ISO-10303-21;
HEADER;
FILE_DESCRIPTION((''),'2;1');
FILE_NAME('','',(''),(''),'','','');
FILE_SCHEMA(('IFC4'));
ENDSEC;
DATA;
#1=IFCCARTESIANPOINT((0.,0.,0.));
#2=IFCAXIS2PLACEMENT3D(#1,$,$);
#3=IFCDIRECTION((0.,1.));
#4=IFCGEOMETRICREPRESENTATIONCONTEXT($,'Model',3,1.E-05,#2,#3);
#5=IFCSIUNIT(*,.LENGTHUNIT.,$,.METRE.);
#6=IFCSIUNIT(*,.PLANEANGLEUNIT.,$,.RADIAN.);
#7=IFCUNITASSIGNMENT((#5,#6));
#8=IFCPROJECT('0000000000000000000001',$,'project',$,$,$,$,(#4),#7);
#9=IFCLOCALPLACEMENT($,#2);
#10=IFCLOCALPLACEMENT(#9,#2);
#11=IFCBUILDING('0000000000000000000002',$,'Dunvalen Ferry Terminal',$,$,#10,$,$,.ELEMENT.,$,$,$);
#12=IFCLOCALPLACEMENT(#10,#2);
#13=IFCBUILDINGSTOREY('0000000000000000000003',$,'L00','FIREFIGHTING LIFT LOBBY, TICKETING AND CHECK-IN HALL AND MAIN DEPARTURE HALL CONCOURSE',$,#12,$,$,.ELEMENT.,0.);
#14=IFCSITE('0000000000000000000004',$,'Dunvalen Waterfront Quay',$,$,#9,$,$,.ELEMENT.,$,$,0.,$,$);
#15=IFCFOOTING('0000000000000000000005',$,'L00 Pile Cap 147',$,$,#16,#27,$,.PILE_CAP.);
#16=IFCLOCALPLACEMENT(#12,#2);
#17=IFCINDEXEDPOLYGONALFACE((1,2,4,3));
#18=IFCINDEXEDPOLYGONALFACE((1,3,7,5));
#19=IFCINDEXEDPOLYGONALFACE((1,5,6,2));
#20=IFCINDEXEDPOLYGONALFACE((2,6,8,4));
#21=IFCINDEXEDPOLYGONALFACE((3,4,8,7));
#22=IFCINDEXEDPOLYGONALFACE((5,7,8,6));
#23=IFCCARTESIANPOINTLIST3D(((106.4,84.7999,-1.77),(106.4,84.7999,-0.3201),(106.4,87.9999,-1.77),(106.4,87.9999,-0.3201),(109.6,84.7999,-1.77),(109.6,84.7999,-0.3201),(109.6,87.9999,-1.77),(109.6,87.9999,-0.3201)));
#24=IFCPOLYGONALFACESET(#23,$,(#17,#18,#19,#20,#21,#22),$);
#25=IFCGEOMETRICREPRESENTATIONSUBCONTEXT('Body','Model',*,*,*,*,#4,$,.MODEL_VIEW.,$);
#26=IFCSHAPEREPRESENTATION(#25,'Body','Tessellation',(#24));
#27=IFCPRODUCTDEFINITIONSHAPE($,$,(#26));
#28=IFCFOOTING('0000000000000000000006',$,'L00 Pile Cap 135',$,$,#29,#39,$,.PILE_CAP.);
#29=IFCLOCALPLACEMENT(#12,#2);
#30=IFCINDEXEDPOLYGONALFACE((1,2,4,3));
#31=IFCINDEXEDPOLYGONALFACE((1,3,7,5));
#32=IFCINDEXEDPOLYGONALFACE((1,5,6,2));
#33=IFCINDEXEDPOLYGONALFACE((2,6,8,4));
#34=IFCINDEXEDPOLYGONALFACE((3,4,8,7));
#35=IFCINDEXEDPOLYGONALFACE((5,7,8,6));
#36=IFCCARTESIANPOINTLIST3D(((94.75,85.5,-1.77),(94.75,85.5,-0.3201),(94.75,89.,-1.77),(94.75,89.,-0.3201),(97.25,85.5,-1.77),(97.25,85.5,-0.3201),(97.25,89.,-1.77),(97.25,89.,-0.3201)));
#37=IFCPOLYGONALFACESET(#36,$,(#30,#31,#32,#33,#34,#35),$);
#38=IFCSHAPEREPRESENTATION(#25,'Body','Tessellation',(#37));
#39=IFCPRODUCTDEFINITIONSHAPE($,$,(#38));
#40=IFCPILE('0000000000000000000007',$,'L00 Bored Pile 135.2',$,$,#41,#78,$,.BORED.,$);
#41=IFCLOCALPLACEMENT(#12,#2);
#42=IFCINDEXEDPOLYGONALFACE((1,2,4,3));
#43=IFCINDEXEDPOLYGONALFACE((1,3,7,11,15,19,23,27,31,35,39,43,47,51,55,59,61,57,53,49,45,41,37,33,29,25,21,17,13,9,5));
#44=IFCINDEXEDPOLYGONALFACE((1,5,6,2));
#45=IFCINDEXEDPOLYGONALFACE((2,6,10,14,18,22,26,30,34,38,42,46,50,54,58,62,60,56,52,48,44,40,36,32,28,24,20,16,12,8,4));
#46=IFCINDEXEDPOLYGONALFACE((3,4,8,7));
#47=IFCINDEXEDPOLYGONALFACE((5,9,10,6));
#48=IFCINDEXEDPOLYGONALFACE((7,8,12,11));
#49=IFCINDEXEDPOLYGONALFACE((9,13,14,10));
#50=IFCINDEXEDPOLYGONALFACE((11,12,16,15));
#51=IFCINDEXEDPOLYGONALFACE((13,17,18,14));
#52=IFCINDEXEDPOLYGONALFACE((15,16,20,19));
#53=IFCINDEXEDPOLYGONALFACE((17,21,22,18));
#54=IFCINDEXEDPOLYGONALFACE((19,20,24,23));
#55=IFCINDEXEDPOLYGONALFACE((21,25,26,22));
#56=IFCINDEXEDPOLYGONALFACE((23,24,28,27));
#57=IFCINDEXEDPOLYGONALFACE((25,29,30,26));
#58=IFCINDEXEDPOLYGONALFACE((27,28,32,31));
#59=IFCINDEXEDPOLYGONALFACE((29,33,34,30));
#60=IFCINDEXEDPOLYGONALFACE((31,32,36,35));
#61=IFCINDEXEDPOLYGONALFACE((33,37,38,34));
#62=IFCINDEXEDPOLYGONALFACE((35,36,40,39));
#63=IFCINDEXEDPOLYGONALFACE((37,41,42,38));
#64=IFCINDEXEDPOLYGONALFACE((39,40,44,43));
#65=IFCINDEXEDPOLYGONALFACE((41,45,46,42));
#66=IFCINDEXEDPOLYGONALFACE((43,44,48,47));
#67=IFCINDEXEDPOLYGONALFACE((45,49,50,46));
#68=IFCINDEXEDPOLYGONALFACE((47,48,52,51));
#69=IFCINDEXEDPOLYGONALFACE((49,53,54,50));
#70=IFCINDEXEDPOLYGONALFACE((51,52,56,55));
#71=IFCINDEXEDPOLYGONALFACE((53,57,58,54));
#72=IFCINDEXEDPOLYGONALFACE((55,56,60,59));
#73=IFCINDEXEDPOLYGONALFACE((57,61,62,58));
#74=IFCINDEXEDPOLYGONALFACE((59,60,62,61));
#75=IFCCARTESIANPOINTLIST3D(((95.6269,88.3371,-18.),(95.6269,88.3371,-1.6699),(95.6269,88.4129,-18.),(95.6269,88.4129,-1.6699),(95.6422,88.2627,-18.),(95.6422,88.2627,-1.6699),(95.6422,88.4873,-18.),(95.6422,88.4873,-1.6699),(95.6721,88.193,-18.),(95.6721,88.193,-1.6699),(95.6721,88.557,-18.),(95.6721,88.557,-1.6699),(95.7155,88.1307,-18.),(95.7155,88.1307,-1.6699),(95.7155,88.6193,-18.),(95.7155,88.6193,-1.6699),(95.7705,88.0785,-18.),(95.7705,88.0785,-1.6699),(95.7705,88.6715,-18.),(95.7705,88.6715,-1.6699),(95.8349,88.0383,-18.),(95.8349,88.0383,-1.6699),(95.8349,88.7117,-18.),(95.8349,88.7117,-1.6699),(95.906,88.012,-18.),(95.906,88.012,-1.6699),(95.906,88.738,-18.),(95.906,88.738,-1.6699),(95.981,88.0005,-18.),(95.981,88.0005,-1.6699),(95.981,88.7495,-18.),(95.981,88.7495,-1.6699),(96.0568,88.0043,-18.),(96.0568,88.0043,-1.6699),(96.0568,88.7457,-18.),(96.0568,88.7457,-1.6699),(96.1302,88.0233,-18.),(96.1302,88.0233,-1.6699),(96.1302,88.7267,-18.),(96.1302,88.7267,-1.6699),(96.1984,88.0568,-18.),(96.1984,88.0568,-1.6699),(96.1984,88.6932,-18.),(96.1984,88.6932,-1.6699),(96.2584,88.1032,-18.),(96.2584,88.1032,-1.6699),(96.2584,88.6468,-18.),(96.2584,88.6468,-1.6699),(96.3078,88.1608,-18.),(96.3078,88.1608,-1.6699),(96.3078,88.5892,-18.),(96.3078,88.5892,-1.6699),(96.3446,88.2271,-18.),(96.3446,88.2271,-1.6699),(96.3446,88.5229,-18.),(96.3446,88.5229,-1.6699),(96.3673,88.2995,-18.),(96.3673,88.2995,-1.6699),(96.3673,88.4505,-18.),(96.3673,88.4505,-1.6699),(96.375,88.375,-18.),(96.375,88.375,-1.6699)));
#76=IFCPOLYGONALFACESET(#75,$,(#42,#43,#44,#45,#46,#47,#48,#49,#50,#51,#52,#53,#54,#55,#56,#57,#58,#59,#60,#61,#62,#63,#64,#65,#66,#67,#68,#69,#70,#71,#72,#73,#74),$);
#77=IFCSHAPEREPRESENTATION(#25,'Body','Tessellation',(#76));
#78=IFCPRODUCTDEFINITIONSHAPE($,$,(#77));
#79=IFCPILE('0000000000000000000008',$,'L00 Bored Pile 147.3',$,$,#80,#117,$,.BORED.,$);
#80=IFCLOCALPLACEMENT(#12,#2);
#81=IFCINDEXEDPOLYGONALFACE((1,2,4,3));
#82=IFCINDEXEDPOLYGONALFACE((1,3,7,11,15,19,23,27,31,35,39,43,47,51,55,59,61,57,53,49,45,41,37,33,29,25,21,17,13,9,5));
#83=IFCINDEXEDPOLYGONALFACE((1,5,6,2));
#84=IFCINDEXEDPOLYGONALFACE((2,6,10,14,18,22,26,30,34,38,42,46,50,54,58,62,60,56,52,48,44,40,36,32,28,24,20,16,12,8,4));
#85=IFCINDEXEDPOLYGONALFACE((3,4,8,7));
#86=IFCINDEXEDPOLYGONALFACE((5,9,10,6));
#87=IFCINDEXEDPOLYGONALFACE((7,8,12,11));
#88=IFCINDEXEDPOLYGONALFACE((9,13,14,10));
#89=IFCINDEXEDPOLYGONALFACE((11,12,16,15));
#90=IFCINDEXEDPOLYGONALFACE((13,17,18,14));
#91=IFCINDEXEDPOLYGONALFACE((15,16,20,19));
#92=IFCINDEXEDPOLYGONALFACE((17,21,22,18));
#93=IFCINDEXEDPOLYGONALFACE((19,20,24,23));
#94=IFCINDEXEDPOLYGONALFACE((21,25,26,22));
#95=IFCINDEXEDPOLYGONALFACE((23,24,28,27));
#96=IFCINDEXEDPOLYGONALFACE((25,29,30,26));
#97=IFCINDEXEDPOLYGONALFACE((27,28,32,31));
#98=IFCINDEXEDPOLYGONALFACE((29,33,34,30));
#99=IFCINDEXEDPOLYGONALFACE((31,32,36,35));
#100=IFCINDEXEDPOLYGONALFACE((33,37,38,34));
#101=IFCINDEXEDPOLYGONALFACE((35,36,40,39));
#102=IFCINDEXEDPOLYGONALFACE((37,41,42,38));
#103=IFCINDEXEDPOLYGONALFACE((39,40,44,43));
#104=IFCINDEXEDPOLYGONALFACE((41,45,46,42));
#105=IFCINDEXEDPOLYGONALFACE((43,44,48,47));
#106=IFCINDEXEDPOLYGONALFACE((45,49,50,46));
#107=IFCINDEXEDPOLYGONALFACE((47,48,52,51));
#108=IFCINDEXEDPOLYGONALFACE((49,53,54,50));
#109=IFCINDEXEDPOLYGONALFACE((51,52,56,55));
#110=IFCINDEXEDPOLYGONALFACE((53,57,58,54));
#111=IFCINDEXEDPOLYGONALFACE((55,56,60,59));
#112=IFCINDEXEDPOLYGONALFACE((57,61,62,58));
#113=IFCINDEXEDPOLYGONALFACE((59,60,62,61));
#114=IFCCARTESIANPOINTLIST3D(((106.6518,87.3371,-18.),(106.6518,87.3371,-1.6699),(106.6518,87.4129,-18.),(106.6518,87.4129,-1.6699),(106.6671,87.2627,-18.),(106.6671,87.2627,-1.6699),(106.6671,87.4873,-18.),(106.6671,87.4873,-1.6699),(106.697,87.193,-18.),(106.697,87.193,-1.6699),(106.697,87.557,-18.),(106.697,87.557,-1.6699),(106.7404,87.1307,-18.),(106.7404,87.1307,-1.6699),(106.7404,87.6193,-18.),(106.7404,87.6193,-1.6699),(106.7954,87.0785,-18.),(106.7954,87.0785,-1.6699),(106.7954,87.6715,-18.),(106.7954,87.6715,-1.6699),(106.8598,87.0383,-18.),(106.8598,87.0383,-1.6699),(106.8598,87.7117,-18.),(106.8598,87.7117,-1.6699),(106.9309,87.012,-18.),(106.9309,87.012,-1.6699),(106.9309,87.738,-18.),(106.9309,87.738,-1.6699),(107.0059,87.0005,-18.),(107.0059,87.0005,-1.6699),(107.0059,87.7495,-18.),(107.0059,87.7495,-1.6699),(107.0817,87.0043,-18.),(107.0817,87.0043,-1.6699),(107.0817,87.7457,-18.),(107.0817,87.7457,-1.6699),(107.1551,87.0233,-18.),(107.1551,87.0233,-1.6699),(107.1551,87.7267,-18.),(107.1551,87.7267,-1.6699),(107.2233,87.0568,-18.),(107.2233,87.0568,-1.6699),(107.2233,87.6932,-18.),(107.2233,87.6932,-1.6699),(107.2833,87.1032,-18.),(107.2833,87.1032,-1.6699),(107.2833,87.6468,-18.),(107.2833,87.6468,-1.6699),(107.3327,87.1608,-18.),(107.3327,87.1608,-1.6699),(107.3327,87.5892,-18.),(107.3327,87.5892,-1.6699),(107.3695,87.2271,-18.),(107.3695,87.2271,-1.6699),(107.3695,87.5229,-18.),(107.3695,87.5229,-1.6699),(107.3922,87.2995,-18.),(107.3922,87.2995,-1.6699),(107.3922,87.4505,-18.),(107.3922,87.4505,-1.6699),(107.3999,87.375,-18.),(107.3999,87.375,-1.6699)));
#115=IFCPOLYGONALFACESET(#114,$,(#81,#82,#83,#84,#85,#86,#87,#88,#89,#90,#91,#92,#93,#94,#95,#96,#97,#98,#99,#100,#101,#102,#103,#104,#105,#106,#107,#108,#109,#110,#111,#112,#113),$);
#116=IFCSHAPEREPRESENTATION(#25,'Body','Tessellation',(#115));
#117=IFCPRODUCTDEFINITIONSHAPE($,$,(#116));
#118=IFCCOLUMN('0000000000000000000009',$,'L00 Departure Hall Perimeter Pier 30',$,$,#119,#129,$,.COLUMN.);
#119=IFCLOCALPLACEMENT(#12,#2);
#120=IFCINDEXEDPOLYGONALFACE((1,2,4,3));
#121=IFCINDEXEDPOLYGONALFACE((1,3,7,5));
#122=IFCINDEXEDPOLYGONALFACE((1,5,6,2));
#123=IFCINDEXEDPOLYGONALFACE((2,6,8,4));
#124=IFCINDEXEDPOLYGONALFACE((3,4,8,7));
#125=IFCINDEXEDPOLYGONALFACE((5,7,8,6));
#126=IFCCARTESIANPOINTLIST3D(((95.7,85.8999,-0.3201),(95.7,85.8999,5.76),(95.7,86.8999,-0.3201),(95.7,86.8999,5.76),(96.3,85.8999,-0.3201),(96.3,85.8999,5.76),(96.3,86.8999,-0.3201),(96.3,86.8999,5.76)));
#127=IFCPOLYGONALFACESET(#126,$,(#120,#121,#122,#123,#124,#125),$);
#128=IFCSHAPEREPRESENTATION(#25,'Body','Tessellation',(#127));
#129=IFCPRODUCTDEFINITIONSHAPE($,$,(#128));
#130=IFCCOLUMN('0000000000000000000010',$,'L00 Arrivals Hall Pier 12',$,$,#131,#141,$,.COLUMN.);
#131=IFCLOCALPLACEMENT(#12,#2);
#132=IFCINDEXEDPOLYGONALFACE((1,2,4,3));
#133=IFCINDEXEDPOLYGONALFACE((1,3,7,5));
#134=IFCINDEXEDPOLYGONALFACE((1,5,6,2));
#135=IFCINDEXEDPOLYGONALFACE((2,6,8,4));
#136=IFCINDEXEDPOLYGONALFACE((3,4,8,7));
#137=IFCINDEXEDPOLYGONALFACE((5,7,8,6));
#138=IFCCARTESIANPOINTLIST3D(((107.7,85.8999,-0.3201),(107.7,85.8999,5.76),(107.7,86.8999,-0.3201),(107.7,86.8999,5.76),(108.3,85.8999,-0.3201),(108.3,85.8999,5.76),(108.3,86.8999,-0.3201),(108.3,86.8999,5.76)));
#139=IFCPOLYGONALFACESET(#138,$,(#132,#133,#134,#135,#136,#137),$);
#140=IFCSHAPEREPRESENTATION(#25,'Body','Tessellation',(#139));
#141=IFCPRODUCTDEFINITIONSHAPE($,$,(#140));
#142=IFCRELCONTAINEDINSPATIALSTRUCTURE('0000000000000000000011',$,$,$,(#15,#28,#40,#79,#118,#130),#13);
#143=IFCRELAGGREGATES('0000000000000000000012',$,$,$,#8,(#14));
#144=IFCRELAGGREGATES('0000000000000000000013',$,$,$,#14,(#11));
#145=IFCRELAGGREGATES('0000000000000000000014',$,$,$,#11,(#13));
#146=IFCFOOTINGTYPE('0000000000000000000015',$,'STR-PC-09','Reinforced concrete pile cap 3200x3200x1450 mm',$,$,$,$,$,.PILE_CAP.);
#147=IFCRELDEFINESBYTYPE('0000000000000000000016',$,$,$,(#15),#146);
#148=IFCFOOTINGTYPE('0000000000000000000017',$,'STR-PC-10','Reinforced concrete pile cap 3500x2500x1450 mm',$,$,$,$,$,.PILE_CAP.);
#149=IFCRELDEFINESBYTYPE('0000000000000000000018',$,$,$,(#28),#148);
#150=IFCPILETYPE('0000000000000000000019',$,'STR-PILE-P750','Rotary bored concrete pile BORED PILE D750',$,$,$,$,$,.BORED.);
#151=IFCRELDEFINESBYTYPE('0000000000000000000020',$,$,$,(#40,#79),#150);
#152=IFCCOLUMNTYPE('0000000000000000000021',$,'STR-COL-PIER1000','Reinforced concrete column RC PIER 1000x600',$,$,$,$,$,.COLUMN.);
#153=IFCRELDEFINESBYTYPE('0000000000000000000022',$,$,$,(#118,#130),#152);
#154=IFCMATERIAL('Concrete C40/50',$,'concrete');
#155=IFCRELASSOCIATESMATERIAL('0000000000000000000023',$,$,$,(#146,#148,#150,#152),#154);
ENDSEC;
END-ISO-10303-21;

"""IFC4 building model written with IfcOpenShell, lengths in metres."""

from ifc_helpers import new_model, si_unit, direction, frame, origin, origin_2d, place, context, subcontext, project, spatial, rectangle, circle, extrude, material, material_profile, profile_set, type_object, element, save


model = new_model("IFC4")

# Units and contexts
model_context = context("Model", 3, precision=1e-05, world=origin(), true_north=direction((0.0, 1.0)))
body_context = subcontext(model_context, "Body", "Model", "MODEL_VIEW")
ifc_project = project(units=[si_unit("LENGTHUNIT", "METRE"), si_unit("PLANEANGLEUNIT", "RADIAN")], contexts=[model_context])

# Site, building, storey
site_placement = place(None, origin())
site = spatial("IfcSite", under=ifc_project, at=site_placement, Name="Dunvalen Waterfront Quay", CompositionType="ELEMENT", RefElevation=0.0)
building_placement = place(site_placement, origin())
building = spatial("IfcBuilding", under=site, at=building_placement, Name="Dunvalen Ferry Terminal", CompositionType="ELEMENT")
storey_placement = place(building_placement, origin())
storey = spatial("IfcBuildingStorey", under=building, at=storey_placement, Name="L00", Description="FIREFIGHTING LIFT LOBBY, TICKETING AND CHECK-IN HALL AND MAIN DEPARTURE HALL CONCOURSE", CompositionType="ELEMENT", Elevation=0.0)

# Footings
ifc_material_1 = material(Name="Concrete C40/50", Category="concrete")
footing_type_1 = type_object("IfcFootingType", Name="STR-PC-09", Description="Reinforced concrete pile cap 3200x3200x1450 mm", PredefinedType="PILE_CAP", material=ifc_material_1)
footing_1_placement = place(storey_placement, frame((108.0, 86.3999, -1.77), z_axis=(0.0, 0.0, 1.0), x_axis=(1.0, 0.0, 0.0)))
element("IfcFooting", 1, at=footing_1_placement, inside=storey, type_object=footing_type_1, Name="L00 Pile Cap 147", PredefinedType="PILE_CAP", context=body_context, shape_type="SweptSolid", body=[
    extrude(rectangle(XDim=3.2, YDim=3.2, at=origin_2d()), origin(), (0.0, 0.0, 1.0), 1.45),
])
footing_type_2 = type_object("IfcFootingType", Name="STR-PC-10", Description="Reinforced concrete pile cap 3500x2500x1450 mm", PredefinedType="PILE_CAP", material=ifc_material_1)
footing_2_placement = place(storey_placement, frame((96.0, 87.25, -1.77), z_axis=(0.0, 0.0, 1.0), x_axis=(0.0, 1.0, 0.0)))
element("IfcFooting", 2, at=footing_2_placement, inside=storey, type_object=footing_type_2, Name="L00 Pile Cap 135", PredefinedType="PILE_CAP", context=body_context, shape_type="SweptSolid", body=[
    extrude(rectangle(XDim=3.5, YDim=2.5, at=origin_2d()), origin(), (0.0, 0.0, 1.0), 1.45),
])

# Piles
ifc_material_profile_1 = material_profile(ifc_material_1, circle(Radius=0.375, at=origin_2d()), Name="Concrete C40/50")
ifc_profile_set_1 = profile_set([ifc_material_profile_1], Name="Concrete C40/50")
pile_type = type_object("IfcPileType", Name="STR-PILE-P750", Description="Rotary bored concrete pile BORED PILE D750", PredefinedType="BORED", material=ifc_profile_set_1)
for number, where, z_axis, x_axis, name in (
    (3, (96.0, 88.375, -1.6699), (0.0, 0.0, -1.0), (1.0, 0.0, 0.0), "L00 Bored Pile 135.2"),
    (4, (107.0249, 87.375, -1.6699), (0.0, 0.0, -1.0), (1.0, 0.0, 0.0), "L00 Bored Pile 147.3"),
):
    element("IfcPile", number, at=place(storey_placement, frame(where, z_axis=z_axis, x_axis=x_axis)), inside=storey, type_object=pile_type, Name=name, PredefinedType="BORED", context=body_context, shape_type="SweptSolid", body=[
        extrude(circle(Radius=0.375, at=origin_2d()), origin(), (0.0, 0.0, 1.0), 16.3301),
    ])

# Columns
ifc_material_profile_2 = material_profile(ifc_material_1, rectangle(XDim=0.6001, YDim=1.0, at=origin_2d()), Name="Concrete C40/50")
ifc_profile_set_2 = profile_set([ifc_material_profile_2], Name="Concrete C40/50")
column_type_1 = type_object("IfcColumnType", Name="STR-COL-PIER1000", Description="Reinforced concrete column RC PIER 1000x600", PredefinedType="COLUMN", material=ifc_profile_set_2)
for number, where, z_axis, x_axis, name in (
    (5, (96.0, 86.3999, -0.3201), (0.0, 0.0, 1.0), (1.0, 0.0, 0.0), "L00 Departure Hall Perimeter Pier 30"),
    (6, (108.0, 86.3999, -0.3201), (0.0, 0.0, 1.0), (1.0, 0.0, 0.0), "L00 Arrivals Hall Pier 12"),
):
    element("IfcColumn", number, at=place(storey_placement, frame(where, z_axis=z_axis, x_axis=x_axis)), inside=storey, type_object=column_type_1, Name=name, PredefinedType="COLUMN", context=body_context, shape_type="SweptSolid", body=[
        extrude(rectangle(XDim=0.6001, YDim=1.0, at=origin_2d()), origin(), (0.0, 0.0, 1.0), 6.0801),
    ])

save(model, "model.ifc")
